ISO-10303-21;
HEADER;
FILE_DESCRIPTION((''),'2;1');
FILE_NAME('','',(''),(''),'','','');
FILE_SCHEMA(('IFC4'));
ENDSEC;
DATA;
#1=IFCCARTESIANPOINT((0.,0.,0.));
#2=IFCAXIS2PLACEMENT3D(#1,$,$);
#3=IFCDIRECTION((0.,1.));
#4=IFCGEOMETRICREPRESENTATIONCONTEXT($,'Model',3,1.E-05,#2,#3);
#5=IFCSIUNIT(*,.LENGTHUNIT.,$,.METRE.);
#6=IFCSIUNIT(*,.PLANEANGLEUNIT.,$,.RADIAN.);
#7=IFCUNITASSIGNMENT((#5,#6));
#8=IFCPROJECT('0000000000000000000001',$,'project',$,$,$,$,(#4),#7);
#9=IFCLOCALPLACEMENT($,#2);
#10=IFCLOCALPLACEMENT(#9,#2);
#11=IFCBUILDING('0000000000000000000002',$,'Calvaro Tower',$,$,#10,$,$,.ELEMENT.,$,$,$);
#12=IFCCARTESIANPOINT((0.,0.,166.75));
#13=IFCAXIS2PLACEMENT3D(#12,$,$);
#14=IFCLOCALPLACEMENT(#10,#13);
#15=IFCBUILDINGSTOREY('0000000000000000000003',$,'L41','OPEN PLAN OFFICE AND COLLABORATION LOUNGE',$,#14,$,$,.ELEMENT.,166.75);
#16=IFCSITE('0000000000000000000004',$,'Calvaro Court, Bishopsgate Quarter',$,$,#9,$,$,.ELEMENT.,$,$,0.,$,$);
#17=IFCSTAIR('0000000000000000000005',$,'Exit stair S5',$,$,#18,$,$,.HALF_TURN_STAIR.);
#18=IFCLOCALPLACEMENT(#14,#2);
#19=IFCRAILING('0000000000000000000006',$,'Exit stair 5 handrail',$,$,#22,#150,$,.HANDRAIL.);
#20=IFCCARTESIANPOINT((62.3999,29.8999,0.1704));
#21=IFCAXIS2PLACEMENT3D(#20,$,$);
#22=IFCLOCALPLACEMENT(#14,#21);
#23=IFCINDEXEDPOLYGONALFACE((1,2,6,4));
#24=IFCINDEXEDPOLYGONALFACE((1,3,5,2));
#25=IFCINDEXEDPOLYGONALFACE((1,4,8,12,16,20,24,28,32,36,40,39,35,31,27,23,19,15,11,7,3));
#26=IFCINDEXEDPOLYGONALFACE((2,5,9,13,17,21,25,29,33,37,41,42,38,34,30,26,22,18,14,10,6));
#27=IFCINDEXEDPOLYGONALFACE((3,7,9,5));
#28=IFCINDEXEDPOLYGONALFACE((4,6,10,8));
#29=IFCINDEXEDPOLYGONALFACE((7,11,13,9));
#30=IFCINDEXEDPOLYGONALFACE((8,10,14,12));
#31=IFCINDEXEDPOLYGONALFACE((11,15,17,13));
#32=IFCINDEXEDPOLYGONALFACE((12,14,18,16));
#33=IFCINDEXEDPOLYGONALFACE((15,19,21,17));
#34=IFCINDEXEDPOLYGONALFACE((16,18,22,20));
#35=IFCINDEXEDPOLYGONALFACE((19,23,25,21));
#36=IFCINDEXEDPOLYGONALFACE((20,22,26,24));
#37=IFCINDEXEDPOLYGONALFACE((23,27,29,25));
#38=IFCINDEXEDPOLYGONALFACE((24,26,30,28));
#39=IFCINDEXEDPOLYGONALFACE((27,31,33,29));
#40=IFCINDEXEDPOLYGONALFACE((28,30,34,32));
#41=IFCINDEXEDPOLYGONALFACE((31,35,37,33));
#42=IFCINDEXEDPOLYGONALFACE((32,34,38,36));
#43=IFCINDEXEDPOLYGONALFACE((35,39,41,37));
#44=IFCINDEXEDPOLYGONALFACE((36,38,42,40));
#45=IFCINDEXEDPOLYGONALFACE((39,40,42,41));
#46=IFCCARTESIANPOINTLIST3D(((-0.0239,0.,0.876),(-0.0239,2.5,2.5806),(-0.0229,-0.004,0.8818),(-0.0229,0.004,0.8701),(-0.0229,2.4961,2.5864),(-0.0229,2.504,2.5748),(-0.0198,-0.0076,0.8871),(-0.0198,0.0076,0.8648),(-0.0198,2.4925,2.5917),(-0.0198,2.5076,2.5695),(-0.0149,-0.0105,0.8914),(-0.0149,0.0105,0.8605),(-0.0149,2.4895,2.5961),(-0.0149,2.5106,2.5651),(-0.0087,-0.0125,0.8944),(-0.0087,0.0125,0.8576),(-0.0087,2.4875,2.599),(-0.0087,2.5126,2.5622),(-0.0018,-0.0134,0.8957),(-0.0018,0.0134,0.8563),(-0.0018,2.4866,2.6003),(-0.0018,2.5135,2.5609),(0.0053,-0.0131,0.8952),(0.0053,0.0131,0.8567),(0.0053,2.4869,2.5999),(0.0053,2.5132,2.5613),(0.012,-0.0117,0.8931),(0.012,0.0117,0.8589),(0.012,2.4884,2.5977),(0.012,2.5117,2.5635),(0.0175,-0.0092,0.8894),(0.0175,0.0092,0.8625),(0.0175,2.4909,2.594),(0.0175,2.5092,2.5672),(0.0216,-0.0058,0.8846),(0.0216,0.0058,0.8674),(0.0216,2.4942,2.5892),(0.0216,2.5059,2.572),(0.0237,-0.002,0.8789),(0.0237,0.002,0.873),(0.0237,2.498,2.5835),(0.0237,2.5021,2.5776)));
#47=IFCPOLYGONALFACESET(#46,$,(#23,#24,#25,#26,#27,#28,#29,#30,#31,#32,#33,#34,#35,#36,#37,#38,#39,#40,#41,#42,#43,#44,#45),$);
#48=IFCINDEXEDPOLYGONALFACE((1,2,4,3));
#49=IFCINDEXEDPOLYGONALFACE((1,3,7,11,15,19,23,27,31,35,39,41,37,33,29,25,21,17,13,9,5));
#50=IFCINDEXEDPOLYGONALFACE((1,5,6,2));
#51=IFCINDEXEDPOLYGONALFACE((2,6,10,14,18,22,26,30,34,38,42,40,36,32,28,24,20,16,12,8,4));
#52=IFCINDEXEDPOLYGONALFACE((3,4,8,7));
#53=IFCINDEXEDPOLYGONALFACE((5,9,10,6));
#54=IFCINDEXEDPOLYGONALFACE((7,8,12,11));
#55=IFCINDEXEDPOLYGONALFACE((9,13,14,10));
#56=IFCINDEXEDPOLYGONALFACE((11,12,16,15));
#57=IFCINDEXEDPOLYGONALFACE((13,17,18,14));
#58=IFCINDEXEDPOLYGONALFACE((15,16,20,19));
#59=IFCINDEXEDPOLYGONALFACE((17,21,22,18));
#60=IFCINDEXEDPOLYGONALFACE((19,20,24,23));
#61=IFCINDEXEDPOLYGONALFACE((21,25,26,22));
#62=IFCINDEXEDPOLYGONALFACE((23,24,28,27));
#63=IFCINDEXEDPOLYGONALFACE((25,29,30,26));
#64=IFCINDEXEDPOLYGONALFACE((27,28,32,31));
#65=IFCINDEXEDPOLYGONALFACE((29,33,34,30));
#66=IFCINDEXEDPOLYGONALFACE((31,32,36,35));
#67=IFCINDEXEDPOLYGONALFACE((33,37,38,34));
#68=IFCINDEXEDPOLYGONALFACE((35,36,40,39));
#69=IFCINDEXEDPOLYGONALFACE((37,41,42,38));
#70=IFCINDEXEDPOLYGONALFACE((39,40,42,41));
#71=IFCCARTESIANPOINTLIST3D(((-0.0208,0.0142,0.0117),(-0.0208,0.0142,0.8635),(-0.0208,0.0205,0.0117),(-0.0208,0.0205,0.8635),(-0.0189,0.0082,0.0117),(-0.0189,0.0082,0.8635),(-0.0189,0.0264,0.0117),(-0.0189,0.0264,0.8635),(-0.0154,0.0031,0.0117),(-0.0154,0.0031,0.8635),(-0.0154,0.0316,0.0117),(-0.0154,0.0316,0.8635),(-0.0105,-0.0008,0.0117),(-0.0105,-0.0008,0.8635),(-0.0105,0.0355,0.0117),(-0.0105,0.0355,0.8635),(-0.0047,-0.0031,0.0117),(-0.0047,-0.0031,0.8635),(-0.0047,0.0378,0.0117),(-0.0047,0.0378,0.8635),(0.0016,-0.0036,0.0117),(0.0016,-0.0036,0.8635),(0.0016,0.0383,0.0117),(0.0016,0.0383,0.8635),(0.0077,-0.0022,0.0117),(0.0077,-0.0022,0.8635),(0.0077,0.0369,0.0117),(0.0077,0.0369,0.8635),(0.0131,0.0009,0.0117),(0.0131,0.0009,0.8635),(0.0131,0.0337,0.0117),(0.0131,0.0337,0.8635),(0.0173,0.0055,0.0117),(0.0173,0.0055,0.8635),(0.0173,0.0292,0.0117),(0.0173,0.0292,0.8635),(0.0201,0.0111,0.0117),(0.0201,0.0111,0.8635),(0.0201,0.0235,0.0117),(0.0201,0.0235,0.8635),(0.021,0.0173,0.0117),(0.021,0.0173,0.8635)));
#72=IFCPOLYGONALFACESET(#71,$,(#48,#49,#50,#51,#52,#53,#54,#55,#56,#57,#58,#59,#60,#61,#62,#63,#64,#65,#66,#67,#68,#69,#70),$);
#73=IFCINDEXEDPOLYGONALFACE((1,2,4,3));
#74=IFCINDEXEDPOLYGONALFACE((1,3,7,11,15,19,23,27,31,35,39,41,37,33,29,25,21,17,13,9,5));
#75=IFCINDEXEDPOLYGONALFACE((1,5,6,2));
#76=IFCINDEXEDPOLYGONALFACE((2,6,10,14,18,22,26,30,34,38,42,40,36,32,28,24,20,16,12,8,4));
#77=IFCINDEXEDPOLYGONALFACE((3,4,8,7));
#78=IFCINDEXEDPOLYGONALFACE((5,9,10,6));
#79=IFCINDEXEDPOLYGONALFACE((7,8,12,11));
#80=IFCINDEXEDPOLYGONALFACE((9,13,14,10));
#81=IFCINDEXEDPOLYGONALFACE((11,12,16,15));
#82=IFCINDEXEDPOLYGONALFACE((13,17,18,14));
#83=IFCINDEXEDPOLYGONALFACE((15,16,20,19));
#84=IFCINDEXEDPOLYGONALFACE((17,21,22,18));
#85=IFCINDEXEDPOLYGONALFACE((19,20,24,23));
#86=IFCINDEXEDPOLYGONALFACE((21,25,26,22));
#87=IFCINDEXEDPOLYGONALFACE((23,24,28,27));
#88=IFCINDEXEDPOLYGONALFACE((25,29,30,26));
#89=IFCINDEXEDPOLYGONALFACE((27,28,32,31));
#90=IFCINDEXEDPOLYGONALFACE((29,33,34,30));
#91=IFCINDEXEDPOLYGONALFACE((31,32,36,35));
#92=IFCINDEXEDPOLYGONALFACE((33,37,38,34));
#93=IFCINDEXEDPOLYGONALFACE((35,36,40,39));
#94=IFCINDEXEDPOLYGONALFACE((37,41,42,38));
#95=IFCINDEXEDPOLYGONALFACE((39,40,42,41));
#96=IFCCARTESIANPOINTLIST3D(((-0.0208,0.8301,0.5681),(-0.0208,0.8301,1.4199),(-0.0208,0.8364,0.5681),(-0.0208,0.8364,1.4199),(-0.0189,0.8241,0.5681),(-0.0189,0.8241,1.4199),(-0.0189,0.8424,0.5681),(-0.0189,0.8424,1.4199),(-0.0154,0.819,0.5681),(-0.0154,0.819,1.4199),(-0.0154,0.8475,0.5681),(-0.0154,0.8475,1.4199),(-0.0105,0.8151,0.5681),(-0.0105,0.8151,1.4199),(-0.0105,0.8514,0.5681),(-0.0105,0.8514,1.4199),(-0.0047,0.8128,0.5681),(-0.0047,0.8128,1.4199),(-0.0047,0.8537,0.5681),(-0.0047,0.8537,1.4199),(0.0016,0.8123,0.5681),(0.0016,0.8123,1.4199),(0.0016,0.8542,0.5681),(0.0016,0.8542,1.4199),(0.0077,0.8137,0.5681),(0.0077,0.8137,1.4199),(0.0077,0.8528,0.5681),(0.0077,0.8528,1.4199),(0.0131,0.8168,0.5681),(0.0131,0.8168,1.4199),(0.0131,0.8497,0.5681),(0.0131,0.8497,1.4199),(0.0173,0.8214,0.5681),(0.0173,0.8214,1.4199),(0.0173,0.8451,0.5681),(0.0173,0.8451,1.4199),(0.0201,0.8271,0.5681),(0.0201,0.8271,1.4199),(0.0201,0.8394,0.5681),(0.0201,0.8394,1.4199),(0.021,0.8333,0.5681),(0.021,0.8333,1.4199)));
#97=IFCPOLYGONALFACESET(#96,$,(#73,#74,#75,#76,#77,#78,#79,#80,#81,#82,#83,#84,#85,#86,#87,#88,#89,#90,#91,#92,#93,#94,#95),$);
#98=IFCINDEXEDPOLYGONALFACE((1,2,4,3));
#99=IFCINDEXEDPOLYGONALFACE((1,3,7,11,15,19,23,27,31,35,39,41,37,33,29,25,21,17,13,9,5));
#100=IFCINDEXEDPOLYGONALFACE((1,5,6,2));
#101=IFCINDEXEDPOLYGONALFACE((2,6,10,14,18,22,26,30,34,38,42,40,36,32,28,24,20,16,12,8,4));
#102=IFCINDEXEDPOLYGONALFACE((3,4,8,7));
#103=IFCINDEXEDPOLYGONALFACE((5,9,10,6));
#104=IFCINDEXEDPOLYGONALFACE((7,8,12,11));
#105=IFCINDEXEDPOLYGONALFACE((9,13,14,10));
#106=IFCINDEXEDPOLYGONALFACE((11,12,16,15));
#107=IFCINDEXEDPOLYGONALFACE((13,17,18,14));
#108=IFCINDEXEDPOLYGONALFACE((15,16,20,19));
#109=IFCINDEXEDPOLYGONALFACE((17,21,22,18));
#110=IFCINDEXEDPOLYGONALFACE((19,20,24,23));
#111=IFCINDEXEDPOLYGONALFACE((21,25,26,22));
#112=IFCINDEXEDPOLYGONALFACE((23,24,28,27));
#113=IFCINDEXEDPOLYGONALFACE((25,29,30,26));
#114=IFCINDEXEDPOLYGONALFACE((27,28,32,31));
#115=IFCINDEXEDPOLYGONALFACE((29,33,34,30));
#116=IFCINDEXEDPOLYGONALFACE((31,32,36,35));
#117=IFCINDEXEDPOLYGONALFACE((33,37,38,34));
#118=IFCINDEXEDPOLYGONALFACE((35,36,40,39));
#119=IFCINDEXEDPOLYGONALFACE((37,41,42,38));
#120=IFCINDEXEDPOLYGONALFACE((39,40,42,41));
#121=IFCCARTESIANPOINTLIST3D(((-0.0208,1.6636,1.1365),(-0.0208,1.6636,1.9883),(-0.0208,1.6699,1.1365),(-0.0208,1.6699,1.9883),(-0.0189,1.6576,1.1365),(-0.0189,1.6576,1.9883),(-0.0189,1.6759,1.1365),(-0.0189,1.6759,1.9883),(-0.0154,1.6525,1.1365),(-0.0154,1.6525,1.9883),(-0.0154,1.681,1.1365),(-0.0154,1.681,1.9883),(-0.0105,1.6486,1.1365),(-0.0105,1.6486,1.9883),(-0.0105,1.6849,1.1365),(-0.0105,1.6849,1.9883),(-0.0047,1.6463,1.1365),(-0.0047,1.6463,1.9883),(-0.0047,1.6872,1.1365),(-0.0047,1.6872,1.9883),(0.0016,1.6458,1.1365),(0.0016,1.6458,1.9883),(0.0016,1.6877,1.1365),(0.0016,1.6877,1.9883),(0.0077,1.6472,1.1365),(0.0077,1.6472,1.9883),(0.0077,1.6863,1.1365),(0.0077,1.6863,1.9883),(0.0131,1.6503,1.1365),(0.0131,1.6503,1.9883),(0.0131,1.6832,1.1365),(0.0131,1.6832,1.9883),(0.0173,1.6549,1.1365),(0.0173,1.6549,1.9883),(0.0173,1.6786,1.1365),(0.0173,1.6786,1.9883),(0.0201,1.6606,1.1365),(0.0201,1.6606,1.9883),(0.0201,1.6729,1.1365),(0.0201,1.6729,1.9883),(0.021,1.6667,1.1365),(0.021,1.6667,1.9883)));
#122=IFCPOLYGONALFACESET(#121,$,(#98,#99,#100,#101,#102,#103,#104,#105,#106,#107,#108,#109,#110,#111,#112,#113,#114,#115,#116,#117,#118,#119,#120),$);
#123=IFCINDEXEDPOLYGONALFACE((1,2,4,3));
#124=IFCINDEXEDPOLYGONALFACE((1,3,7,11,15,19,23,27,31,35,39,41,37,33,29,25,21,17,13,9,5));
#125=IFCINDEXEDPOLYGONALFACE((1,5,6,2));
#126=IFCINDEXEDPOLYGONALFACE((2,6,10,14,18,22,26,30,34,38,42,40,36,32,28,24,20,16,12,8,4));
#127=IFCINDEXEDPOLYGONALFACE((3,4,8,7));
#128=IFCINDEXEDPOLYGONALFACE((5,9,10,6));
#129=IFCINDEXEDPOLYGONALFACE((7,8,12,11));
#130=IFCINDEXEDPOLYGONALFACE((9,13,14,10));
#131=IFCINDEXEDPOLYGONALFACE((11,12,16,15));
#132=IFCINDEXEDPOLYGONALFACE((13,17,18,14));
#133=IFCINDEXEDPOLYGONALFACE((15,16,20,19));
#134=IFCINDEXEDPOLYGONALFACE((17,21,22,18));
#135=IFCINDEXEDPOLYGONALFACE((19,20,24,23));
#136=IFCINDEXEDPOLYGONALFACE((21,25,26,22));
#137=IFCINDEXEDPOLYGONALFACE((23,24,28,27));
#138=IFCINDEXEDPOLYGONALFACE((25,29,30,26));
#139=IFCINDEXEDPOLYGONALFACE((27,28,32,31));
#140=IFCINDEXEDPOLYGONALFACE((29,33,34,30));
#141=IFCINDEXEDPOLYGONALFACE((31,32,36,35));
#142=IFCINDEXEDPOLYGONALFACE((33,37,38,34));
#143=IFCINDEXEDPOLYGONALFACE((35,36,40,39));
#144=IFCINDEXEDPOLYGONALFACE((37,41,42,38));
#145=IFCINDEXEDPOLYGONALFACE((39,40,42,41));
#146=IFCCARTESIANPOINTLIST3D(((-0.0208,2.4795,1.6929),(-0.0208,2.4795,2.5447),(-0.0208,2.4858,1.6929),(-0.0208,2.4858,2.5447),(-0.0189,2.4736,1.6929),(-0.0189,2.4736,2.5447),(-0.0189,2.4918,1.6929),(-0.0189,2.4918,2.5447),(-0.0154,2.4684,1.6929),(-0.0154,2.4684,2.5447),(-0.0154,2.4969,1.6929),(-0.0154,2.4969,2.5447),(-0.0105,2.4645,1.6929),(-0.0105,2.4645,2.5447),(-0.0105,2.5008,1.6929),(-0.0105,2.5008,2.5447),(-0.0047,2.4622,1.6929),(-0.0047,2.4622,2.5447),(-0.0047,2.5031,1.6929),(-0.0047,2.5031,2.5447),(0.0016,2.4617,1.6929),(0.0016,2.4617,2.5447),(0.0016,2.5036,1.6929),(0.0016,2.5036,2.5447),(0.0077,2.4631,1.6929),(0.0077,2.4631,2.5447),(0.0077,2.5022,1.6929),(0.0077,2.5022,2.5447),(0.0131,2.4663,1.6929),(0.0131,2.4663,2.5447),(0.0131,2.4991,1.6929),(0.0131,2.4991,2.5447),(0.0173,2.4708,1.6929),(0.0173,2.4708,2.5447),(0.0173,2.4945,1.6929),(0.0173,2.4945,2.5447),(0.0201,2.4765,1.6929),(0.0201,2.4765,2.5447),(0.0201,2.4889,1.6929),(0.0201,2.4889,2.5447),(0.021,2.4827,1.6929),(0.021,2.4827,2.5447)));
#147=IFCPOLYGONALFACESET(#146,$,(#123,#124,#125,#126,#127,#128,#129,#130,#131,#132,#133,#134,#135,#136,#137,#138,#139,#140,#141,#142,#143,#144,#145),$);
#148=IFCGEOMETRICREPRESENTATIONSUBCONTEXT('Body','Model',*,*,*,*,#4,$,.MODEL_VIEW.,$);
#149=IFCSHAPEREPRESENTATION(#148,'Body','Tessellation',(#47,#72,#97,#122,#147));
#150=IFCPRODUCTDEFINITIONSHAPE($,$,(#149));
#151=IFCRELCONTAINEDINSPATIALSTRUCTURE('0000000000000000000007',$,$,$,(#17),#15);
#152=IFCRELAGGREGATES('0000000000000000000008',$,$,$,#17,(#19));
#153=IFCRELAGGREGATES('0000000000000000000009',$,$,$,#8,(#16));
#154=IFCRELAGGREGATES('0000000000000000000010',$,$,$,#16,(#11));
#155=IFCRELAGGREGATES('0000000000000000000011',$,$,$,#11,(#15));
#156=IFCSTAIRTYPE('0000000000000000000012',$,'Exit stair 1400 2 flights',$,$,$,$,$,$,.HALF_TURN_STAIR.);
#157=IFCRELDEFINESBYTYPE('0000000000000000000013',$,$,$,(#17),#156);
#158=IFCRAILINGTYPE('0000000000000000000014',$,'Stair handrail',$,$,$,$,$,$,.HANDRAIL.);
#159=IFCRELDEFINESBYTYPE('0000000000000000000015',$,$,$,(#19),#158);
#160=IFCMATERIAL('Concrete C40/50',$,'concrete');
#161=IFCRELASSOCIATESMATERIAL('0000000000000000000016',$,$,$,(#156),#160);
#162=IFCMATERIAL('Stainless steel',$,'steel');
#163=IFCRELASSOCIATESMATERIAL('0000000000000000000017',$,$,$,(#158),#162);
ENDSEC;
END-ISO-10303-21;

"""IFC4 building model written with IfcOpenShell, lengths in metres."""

from ifc_helpers import new_model, si_unit, direction, frame, origin, origin_2d, place, context, subcontext, project, spatial, circle, extrude, material, type_object, element, aggregate, save


model = new_model("IFC4")

# Units and contexts
model_context = context("Model", 3, precision=1e-05, world=origin(), true_north=direction((0.0, 1.0)))
body_context = subcontext(model_context, "Body", "Model", "MODEL_VIEW")
ifc_project = project(units=[si_unit("LENGTHUNIT", "METRE"), si_unit("PLANEANGLEUNIT", "RADIAN")], contexts=[model_context])

# Site, building, storey
site_placement = place(None, origin())
site = spatial("IfcSite", under=ifc_project, at=site_placement, Name="Calvaro Court, Bishopsgate Quarter", CompositionType="ELEMENT", RefElevation=0.0)
building_placement = place(site_placement, origin())
building = spatial("IfcBuilding", under=site, at=building_placement, Name="Calvaro Tower", CompositionType="ELEMENT")
storey_placement = place(building_placement, frame((0.0, 0.0, 166.75)))
storey = spatial("IfcBuildingStorey", under=building, at=storey_placement, Name="L41", Description="OPEN PLAN OFFICE AND COLLABORATION LOUNGE", CompositionType="ELEMENT", Elevation=166.75)

# Stair
ifc_material_1 = material(Name="Concrete C40/50", Category="concrete")
stair_type = type_object("IfcStairType", Name="Exit stair 1400 2 flights", PredefinedType="HALF_TURN_STAIR", material=ifc_material_1)
stair_1_placement = place(storey_placement, origin())
stair_1 = element("IfcStair", 1, at=stair_1_placement, inside=storey, type_object=stair_type, Name="Exit stair S5", PredefinedType="HALF_TURN_STAIR")

# Railing
ifc_material_2 = material(Name="Stainless steel", Category="steel")
railing_type = type_object("IfcRailingType", Name="Stair handrail", PredefinedType="HANDRAIL", material=ifc_material_2)
railing_1_placement = place(storey_placement, frame((62.3999, 29.8999, 0.1704)))
railing_1 = element("IfcRailing", 2, at=railing_1_placement, type_object=railing_type, Name="Exit stair 5 handrail", PredefinedType="HANDRAIL", context=body_context, shape_type="SweptSolid", body=[
    extrude(circle(Radius=0.0239, at=origin_2d()), frame((0.0, 0.0, 0.876), z_axis=(0.0, 0.826221, 0.563347), x_axis=(-1.0, 0.0, 0.0)), (0.0, 0.0, 1.0), 3.0259),
    extrude(circle(Radius=0.021, at=origin_2d()), frame((0.0, 0.0173, 0.0117)), (0.0, 0.0, 1.0), 0.8518),
    extrude(circle(Radius=0.021, at=origin_2d()), frame((0.0, 0.8333, 0.5681)), (0.0, 0.0, 1.0), 0.8518),
    extrude(circle(Radius=0.021, at=origin_2d()), frame((0.0, 1.6667, 1.1365)), (0.0, 0.0, 1.0), 0.8518),
    extrude(circle(Radius=0.021, at=origin_2d()), frame((0.0, 2.4827, 1.6929)), (0.0, 0.0, 1.0), 0.8518),
])
aggregate(stair_1, [railing_1])

save(model, "model.ifc")
